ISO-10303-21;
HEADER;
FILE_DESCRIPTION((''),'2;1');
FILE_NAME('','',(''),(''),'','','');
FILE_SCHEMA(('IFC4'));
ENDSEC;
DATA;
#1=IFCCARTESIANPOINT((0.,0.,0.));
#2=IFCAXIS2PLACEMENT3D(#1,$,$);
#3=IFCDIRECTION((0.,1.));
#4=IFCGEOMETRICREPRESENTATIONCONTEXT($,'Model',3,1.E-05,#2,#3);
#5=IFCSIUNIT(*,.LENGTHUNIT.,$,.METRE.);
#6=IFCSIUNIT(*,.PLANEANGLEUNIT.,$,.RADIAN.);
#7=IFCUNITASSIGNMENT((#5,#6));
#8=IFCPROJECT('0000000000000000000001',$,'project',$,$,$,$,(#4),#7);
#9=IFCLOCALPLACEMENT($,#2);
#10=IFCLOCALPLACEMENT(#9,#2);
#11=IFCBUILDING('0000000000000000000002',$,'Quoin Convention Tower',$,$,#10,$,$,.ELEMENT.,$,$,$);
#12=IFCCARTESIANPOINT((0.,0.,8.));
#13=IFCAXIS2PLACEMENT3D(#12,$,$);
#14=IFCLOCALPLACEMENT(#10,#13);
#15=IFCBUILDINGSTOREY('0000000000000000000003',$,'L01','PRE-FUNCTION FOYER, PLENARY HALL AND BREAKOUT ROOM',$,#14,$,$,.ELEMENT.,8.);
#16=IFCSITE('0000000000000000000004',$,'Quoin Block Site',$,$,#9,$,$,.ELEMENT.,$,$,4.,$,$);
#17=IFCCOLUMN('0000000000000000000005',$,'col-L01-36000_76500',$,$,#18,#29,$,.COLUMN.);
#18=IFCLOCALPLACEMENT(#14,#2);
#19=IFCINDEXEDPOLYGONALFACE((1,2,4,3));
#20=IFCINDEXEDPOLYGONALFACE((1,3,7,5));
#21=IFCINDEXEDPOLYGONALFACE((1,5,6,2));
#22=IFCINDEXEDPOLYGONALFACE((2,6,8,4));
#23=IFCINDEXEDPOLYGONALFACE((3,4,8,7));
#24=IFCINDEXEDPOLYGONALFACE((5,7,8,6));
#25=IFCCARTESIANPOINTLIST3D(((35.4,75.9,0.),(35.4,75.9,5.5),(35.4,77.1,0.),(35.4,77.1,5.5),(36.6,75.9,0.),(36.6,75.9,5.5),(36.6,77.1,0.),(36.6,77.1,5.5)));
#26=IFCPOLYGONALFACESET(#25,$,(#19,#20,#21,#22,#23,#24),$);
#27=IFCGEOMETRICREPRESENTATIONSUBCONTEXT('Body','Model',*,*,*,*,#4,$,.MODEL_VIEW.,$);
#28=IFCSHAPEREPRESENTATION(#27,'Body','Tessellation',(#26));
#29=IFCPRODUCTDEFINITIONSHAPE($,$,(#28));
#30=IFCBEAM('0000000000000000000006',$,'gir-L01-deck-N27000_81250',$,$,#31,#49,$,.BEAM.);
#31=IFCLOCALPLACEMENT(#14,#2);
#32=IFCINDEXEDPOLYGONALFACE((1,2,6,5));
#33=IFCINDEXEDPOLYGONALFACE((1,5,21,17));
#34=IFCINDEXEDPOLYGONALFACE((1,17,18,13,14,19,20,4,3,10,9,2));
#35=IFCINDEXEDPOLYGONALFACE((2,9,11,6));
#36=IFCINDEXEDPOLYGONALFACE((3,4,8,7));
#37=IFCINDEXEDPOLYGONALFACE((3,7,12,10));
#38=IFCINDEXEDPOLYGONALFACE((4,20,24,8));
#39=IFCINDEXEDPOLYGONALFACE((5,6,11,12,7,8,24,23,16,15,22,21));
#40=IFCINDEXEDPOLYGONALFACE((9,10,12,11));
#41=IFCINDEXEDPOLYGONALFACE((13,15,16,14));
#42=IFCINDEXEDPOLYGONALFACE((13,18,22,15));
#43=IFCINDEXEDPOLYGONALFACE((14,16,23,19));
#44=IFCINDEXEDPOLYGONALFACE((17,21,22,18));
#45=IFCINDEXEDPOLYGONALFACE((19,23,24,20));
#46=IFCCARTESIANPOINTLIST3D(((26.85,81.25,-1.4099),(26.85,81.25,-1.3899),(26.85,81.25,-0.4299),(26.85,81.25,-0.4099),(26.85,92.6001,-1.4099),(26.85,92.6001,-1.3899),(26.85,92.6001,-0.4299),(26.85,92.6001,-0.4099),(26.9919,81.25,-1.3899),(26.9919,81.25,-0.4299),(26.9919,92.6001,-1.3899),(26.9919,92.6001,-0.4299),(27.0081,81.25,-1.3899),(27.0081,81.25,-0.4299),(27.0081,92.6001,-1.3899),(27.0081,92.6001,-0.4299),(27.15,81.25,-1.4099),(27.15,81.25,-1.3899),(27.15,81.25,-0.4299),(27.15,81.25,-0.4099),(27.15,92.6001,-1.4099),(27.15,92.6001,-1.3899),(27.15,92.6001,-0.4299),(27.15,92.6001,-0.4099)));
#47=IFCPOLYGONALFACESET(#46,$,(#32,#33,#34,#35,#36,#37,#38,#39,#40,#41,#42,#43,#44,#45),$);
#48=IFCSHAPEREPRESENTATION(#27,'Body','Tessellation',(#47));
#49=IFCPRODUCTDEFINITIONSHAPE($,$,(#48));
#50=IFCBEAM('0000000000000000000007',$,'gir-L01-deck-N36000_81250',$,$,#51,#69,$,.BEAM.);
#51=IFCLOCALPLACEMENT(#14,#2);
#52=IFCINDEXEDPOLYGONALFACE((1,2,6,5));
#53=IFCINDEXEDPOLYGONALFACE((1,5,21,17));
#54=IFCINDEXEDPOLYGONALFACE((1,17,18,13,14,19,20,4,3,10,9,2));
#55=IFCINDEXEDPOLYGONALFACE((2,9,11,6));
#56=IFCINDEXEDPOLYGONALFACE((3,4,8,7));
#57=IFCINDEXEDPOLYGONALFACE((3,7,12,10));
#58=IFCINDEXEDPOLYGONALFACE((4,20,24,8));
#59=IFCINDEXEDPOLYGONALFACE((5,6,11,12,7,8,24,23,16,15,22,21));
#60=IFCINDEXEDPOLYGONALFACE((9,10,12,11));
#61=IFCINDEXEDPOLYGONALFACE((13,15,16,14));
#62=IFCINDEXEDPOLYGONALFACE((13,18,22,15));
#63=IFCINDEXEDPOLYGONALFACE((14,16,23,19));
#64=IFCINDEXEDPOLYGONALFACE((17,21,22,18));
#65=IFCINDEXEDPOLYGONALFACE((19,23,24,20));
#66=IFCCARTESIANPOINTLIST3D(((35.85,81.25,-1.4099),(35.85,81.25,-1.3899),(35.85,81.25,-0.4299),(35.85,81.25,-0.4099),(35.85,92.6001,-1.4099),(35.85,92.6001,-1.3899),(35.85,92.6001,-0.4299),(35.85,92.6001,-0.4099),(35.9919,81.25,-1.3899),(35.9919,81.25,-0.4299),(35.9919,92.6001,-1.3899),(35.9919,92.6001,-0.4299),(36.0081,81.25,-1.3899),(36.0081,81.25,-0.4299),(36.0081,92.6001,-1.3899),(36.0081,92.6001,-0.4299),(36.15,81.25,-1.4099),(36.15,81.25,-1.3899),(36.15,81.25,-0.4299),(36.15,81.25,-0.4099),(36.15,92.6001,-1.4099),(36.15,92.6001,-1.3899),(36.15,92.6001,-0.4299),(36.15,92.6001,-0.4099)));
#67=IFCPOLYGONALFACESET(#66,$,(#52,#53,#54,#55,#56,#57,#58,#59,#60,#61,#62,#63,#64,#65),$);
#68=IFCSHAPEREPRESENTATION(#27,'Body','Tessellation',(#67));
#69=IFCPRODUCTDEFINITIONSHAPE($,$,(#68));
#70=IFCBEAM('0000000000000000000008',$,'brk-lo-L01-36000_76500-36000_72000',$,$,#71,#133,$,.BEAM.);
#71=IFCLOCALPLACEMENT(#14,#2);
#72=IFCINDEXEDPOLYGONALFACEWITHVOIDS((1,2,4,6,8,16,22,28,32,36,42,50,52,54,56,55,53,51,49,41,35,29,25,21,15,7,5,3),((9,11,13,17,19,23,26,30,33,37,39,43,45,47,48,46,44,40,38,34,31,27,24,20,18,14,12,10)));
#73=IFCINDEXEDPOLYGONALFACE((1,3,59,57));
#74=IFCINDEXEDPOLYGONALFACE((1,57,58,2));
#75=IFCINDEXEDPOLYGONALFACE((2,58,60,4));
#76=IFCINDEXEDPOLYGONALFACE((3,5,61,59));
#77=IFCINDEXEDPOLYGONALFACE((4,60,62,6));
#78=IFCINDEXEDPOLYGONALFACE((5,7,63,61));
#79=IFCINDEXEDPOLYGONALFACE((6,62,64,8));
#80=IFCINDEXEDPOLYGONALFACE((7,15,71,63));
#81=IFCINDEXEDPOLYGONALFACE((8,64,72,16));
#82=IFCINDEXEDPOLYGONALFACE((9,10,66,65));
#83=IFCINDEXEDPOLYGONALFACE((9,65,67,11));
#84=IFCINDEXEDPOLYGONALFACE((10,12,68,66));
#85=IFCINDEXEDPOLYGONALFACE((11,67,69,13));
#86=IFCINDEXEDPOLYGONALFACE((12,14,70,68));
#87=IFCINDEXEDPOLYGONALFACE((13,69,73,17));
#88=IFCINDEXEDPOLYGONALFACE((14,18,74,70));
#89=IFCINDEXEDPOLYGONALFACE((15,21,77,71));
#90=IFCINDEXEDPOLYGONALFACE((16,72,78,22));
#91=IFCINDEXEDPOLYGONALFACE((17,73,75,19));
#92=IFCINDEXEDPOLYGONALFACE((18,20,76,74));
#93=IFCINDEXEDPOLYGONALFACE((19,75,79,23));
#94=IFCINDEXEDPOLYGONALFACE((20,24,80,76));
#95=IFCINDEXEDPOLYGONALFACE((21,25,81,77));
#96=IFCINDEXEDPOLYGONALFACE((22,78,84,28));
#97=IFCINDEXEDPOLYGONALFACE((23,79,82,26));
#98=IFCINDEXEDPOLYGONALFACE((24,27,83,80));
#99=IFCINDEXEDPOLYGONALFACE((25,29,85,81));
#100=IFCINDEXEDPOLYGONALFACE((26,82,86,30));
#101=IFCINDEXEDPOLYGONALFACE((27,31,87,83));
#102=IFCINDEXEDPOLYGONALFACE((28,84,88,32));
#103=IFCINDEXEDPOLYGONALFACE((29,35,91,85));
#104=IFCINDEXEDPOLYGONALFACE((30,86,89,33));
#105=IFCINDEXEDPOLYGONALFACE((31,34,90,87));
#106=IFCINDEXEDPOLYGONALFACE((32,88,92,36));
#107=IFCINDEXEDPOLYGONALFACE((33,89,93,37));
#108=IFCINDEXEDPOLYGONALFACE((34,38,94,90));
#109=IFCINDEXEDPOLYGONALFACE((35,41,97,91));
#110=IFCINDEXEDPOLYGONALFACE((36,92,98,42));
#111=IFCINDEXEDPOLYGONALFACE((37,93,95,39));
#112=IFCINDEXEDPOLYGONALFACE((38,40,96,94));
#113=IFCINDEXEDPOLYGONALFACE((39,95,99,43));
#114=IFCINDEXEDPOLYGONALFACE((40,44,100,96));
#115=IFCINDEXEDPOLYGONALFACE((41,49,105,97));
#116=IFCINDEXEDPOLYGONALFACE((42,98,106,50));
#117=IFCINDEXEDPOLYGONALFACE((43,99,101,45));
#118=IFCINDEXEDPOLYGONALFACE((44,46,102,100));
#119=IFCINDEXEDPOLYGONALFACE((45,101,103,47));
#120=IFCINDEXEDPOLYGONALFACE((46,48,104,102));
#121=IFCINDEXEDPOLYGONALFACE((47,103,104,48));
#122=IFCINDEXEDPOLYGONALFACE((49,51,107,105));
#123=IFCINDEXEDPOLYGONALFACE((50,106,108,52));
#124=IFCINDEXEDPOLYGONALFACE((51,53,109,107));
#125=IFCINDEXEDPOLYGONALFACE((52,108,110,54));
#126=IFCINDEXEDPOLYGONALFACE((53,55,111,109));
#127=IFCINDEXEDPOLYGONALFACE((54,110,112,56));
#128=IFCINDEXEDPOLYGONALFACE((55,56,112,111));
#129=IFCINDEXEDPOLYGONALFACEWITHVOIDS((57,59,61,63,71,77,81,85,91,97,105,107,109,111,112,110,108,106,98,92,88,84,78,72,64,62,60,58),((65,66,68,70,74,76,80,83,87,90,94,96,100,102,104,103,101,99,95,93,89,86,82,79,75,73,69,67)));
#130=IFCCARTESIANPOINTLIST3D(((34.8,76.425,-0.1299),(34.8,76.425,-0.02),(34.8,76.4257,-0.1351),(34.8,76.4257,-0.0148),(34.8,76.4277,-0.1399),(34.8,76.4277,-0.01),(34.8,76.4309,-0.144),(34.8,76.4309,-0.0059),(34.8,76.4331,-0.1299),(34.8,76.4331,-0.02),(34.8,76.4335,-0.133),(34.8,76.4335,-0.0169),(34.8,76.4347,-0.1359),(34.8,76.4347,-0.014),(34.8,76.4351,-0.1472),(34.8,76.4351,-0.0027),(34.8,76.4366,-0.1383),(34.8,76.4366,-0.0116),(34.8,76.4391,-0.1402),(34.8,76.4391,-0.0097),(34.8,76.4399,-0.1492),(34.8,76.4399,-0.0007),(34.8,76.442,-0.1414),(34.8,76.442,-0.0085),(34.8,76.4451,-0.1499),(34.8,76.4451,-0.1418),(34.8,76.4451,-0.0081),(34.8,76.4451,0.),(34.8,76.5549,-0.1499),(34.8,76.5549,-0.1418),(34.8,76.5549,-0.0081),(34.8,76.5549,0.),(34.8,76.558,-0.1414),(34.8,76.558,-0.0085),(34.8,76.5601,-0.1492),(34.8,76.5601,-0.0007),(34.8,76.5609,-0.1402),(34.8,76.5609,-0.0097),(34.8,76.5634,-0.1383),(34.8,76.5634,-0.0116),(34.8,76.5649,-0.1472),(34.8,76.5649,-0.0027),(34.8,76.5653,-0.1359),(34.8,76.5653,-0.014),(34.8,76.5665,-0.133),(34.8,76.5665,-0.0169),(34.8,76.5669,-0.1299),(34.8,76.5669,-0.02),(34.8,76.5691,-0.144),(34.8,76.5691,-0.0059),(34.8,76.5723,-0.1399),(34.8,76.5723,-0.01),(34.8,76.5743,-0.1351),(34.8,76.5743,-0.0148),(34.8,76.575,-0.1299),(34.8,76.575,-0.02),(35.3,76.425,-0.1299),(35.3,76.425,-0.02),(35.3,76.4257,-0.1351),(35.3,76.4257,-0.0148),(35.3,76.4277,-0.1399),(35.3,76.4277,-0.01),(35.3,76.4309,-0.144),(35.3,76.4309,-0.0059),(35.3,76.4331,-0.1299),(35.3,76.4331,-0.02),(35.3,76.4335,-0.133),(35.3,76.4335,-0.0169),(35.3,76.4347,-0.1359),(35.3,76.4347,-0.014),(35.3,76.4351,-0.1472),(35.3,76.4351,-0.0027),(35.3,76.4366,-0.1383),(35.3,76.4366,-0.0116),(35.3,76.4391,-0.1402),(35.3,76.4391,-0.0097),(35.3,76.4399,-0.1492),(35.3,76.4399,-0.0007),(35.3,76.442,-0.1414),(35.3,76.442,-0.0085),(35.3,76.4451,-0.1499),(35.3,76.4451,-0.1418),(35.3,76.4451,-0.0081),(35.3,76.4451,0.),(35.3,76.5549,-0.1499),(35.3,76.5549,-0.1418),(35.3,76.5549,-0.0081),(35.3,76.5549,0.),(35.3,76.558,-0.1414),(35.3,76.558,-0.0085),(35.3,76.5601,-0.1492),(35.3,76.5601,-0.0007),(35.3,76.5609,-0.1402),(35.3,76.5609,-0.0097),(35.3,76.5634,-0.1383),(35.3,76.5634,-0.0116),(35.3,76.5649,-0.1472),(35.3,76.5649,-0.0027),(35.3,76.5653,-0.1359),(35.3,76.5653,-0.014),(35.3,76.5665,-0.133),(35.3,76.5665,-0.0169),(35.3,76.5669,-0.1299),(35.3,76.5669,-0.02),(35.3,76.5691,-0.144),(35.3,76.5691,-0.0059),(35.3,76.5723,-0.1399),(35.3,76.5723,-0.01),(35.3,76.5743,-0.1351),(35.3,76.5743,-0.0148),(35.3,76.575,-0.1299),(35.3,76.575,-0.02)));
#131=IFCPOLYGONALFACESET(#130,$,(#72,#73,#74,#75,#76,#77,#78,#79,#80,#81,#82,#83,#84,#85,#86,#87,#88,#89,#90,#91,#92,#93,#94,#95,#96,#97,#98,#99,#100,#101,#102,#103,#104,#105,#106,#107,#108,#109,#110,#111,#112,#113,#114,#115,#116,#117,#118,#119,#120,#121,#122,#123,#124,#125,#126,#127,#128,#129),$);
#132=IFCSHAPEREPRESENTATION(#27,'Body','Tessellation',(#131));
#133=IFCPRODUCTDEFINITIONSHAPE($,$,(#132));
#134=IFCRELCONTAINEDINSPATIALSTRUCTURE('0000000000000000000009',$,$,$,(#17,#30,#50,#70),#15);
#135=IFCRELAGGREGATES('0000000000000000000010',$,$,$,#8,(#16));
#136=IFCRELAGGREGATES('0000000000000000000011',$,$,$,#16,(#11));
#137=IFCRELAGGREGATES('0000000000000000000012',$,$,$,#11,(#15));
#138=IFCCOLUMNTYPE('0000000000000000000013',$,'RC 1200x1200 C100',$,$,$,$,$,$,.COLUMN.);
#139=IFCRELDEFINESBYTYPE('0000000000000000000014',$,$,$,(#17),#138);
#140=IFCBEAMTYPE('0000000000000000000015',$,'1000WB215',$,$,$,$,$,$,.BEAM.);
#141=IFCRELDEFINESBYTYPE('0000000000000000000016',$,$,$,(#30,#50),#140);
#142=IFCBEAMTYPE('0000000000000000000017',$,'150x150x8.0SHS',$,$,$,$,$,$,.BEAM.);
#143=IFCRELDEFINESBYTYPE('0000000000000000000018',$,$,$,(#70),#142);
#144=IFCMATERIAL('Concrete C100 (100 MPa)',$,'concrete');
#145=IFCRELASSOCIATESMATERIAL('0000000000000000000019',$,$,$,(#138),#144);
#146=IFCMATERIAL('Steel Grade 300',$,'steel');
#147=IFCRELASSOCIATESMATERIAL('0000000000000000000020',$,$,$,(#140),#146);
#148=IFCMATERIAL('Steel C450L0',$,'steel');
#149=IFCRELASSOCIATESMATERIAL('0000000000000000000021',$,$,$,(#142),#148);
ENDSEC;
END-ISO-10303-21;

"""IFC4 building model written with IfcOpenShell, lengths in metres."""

from ifc_helpers import new_model, si_unit, direction, frame, origin, origin_2d, place, context, subcontext, project, spatial, rectangle, hollow_rectangle, i_section, extrude, material, material_profile, profile_set, type_object, element, save


model = new_model("IFC4")

# Units and contexts
model_context = context("Model", 3, precision=1e-05, world=origin(), true_north=direction((0.0, 1.0)))
body_context = subcontext(model_context, "Body", "Model", "MODEL_VIEW")
ifc_project = project(units=[si_unit("LENGTHUNIT", "METRE"), si_unit("PLANEANGLEUNIT", "RADIAN")], contexts=[model_context])

# Site, building, storey
site_placement = place(None, origin())
site = spatial("IfcSite", under=ifc_project, at=site_placement, Name="Quoin Block Site", CompositionType="ELEMENT", RefElevation=4.0)
building_placement = place(site_placement, origin())
building = spatial("IfcBuilding", under=site, at=building_placement, Name="Quoin Convention Tower", CompositionType="ELEMENT")
storey_placement = place(building_placement, frame((0.0, 0.0, 8.0)))
storey = spatial("IfcBuildingStorey", under=building, at=storey_placement, Name="L01", Description="PRE-FUNCTION FOYER, PLENARY HALL AND BREAKOUT ROOM", CompositionType="ELEMENT", Elevation=8.0)

# Column
ifc_material_1 = material(Name="Concrete C100 (100 MPa)", Category="concrete")
ifc_material_profile_1 = material_profile(ifc_material_1, rectangle(XDim=1.2, YDim=1.2, at=origin_2d()), Name="RC 1200x1200")
ifc_profile_set_1 = profile_set([ifc_material_profile_1], Name="Concrete C100 (100 MPa)")
column_type = type_object("IfcColumnType", Name="RC 1200x1200 C100", PredefinedType="COLUMN", material=ifc_profile_set_1)
column_placement = place(storey_placement, frame((36.0, 76.5, 0.0), z_axis=(0.0, 0.0, 1.0), x_axis=(1.0, 0.0, 0.0)))
element("IfcColumn", 1, at=column_placement, inside=storey, type_object=column_type, Name="col-L01-36000_76500", PredefinedType="COLUMN", context=body_context, shape_type="SweptSolid", body=[
    extrude(rectangle(XDim=1.2, YDim=1.2, at=origin_2d()), origin(), (0.0, 0.0, 1.0), 5.5),
])

# Beams
ifc_material_2 = material(Name="Steel Grade 300", Category="steel")
ifc_material_profile_2 = material_profile(ifc_material_2, i_section(OverallWidth=0.3, OverallDepth=1.0, WebThickness=0.0161, FlangeThickness=0.02, at=origin_2d()), Name="1000WB215")
ifc_profile_set_2 = profile_set([ifc_material_profile_2], Name="Steel Grade 300")
beam_type_1 = type_object("IfcBeamType", Name="1000WB215", PredefinedType="BEAM", material=ifc_profile_set_2)
for number, where, z_axis, x_axis, name in (
    (2, (27.0, 81.25, -0.9099), (0.0, 1.0, 0.0), (-1.0, 0.0, 0.0), "gir-L01-deck-N27000_81250"),
    (3, (36.0, 81.25, -0.9099), (0.0, 1.0, 0.0), (-1.0, 0.0, 0.0), "gir-L01-deck-N36000_81250"),
):
    element("IfcBeam", number, at=place(storey_placement, frame(where, z_axis=z_axis, x_axis=x_axis)), inside=storey, type_object=beam_type_1, Name=name, PredefinedType="BEAM", context=body_context, shape_type="SweptSolid", body=[
        extrude(i_section(OverallWidth=0.3, OverallDepth=1.0, WebThickness=0.0161, FlangeThickness=0.02, at=origin_2d()), origin(), (0.0, 0.0, 1.0), 11.3501),
    ])
ifc_material_3 = material(Name="Steel C450L0", Category="steel")
ifc_material_profile_3 = material_profile(ifc_material_3, hollow_rectangle(XDim=0.1499, YDim=0.1499, WallThickness=0.0081, InnerFilletRadius=0.012, OuterFilletRadius=0.02, at=origin_2d()), Name="150x150x8.0SHS")
ifc_profile_set_3 = profile_set([ifc_material_profile_3], Name="Steel C450L0")
beam_type_2 = type_object("IfcBeamType", Name="150x150x8.0SHS", PredefinedType="BEAM", material=ifc_profile_set_3)
beam_1_placement = place(storey_placement, frame((35.3, 76.5, -0.075), z_axis=(-1.0, 0.0, 0.0), x_axis=(0.0, -1.0, 0.0)))
element("IfcBeam", 4, at=beam_1_placement, inside=storey, type_object=beam_type_2, Name="brk-lo-L01-36000_76500-36000_72000", PredefinedType="BEAM", context=body_context, shape_type="SweptSolid", body=[
    extrude(hollow_rectangle(XDim=0.1499, YDim=0.1499, WallThickness=0.0081, InnerFilletRadius=0.012, OuterFilletRadius=0.02, at=origin_2d()), origin(), (0.0, 0.0, 1.0), 0.5),
])

save(model, "model.ifc")
